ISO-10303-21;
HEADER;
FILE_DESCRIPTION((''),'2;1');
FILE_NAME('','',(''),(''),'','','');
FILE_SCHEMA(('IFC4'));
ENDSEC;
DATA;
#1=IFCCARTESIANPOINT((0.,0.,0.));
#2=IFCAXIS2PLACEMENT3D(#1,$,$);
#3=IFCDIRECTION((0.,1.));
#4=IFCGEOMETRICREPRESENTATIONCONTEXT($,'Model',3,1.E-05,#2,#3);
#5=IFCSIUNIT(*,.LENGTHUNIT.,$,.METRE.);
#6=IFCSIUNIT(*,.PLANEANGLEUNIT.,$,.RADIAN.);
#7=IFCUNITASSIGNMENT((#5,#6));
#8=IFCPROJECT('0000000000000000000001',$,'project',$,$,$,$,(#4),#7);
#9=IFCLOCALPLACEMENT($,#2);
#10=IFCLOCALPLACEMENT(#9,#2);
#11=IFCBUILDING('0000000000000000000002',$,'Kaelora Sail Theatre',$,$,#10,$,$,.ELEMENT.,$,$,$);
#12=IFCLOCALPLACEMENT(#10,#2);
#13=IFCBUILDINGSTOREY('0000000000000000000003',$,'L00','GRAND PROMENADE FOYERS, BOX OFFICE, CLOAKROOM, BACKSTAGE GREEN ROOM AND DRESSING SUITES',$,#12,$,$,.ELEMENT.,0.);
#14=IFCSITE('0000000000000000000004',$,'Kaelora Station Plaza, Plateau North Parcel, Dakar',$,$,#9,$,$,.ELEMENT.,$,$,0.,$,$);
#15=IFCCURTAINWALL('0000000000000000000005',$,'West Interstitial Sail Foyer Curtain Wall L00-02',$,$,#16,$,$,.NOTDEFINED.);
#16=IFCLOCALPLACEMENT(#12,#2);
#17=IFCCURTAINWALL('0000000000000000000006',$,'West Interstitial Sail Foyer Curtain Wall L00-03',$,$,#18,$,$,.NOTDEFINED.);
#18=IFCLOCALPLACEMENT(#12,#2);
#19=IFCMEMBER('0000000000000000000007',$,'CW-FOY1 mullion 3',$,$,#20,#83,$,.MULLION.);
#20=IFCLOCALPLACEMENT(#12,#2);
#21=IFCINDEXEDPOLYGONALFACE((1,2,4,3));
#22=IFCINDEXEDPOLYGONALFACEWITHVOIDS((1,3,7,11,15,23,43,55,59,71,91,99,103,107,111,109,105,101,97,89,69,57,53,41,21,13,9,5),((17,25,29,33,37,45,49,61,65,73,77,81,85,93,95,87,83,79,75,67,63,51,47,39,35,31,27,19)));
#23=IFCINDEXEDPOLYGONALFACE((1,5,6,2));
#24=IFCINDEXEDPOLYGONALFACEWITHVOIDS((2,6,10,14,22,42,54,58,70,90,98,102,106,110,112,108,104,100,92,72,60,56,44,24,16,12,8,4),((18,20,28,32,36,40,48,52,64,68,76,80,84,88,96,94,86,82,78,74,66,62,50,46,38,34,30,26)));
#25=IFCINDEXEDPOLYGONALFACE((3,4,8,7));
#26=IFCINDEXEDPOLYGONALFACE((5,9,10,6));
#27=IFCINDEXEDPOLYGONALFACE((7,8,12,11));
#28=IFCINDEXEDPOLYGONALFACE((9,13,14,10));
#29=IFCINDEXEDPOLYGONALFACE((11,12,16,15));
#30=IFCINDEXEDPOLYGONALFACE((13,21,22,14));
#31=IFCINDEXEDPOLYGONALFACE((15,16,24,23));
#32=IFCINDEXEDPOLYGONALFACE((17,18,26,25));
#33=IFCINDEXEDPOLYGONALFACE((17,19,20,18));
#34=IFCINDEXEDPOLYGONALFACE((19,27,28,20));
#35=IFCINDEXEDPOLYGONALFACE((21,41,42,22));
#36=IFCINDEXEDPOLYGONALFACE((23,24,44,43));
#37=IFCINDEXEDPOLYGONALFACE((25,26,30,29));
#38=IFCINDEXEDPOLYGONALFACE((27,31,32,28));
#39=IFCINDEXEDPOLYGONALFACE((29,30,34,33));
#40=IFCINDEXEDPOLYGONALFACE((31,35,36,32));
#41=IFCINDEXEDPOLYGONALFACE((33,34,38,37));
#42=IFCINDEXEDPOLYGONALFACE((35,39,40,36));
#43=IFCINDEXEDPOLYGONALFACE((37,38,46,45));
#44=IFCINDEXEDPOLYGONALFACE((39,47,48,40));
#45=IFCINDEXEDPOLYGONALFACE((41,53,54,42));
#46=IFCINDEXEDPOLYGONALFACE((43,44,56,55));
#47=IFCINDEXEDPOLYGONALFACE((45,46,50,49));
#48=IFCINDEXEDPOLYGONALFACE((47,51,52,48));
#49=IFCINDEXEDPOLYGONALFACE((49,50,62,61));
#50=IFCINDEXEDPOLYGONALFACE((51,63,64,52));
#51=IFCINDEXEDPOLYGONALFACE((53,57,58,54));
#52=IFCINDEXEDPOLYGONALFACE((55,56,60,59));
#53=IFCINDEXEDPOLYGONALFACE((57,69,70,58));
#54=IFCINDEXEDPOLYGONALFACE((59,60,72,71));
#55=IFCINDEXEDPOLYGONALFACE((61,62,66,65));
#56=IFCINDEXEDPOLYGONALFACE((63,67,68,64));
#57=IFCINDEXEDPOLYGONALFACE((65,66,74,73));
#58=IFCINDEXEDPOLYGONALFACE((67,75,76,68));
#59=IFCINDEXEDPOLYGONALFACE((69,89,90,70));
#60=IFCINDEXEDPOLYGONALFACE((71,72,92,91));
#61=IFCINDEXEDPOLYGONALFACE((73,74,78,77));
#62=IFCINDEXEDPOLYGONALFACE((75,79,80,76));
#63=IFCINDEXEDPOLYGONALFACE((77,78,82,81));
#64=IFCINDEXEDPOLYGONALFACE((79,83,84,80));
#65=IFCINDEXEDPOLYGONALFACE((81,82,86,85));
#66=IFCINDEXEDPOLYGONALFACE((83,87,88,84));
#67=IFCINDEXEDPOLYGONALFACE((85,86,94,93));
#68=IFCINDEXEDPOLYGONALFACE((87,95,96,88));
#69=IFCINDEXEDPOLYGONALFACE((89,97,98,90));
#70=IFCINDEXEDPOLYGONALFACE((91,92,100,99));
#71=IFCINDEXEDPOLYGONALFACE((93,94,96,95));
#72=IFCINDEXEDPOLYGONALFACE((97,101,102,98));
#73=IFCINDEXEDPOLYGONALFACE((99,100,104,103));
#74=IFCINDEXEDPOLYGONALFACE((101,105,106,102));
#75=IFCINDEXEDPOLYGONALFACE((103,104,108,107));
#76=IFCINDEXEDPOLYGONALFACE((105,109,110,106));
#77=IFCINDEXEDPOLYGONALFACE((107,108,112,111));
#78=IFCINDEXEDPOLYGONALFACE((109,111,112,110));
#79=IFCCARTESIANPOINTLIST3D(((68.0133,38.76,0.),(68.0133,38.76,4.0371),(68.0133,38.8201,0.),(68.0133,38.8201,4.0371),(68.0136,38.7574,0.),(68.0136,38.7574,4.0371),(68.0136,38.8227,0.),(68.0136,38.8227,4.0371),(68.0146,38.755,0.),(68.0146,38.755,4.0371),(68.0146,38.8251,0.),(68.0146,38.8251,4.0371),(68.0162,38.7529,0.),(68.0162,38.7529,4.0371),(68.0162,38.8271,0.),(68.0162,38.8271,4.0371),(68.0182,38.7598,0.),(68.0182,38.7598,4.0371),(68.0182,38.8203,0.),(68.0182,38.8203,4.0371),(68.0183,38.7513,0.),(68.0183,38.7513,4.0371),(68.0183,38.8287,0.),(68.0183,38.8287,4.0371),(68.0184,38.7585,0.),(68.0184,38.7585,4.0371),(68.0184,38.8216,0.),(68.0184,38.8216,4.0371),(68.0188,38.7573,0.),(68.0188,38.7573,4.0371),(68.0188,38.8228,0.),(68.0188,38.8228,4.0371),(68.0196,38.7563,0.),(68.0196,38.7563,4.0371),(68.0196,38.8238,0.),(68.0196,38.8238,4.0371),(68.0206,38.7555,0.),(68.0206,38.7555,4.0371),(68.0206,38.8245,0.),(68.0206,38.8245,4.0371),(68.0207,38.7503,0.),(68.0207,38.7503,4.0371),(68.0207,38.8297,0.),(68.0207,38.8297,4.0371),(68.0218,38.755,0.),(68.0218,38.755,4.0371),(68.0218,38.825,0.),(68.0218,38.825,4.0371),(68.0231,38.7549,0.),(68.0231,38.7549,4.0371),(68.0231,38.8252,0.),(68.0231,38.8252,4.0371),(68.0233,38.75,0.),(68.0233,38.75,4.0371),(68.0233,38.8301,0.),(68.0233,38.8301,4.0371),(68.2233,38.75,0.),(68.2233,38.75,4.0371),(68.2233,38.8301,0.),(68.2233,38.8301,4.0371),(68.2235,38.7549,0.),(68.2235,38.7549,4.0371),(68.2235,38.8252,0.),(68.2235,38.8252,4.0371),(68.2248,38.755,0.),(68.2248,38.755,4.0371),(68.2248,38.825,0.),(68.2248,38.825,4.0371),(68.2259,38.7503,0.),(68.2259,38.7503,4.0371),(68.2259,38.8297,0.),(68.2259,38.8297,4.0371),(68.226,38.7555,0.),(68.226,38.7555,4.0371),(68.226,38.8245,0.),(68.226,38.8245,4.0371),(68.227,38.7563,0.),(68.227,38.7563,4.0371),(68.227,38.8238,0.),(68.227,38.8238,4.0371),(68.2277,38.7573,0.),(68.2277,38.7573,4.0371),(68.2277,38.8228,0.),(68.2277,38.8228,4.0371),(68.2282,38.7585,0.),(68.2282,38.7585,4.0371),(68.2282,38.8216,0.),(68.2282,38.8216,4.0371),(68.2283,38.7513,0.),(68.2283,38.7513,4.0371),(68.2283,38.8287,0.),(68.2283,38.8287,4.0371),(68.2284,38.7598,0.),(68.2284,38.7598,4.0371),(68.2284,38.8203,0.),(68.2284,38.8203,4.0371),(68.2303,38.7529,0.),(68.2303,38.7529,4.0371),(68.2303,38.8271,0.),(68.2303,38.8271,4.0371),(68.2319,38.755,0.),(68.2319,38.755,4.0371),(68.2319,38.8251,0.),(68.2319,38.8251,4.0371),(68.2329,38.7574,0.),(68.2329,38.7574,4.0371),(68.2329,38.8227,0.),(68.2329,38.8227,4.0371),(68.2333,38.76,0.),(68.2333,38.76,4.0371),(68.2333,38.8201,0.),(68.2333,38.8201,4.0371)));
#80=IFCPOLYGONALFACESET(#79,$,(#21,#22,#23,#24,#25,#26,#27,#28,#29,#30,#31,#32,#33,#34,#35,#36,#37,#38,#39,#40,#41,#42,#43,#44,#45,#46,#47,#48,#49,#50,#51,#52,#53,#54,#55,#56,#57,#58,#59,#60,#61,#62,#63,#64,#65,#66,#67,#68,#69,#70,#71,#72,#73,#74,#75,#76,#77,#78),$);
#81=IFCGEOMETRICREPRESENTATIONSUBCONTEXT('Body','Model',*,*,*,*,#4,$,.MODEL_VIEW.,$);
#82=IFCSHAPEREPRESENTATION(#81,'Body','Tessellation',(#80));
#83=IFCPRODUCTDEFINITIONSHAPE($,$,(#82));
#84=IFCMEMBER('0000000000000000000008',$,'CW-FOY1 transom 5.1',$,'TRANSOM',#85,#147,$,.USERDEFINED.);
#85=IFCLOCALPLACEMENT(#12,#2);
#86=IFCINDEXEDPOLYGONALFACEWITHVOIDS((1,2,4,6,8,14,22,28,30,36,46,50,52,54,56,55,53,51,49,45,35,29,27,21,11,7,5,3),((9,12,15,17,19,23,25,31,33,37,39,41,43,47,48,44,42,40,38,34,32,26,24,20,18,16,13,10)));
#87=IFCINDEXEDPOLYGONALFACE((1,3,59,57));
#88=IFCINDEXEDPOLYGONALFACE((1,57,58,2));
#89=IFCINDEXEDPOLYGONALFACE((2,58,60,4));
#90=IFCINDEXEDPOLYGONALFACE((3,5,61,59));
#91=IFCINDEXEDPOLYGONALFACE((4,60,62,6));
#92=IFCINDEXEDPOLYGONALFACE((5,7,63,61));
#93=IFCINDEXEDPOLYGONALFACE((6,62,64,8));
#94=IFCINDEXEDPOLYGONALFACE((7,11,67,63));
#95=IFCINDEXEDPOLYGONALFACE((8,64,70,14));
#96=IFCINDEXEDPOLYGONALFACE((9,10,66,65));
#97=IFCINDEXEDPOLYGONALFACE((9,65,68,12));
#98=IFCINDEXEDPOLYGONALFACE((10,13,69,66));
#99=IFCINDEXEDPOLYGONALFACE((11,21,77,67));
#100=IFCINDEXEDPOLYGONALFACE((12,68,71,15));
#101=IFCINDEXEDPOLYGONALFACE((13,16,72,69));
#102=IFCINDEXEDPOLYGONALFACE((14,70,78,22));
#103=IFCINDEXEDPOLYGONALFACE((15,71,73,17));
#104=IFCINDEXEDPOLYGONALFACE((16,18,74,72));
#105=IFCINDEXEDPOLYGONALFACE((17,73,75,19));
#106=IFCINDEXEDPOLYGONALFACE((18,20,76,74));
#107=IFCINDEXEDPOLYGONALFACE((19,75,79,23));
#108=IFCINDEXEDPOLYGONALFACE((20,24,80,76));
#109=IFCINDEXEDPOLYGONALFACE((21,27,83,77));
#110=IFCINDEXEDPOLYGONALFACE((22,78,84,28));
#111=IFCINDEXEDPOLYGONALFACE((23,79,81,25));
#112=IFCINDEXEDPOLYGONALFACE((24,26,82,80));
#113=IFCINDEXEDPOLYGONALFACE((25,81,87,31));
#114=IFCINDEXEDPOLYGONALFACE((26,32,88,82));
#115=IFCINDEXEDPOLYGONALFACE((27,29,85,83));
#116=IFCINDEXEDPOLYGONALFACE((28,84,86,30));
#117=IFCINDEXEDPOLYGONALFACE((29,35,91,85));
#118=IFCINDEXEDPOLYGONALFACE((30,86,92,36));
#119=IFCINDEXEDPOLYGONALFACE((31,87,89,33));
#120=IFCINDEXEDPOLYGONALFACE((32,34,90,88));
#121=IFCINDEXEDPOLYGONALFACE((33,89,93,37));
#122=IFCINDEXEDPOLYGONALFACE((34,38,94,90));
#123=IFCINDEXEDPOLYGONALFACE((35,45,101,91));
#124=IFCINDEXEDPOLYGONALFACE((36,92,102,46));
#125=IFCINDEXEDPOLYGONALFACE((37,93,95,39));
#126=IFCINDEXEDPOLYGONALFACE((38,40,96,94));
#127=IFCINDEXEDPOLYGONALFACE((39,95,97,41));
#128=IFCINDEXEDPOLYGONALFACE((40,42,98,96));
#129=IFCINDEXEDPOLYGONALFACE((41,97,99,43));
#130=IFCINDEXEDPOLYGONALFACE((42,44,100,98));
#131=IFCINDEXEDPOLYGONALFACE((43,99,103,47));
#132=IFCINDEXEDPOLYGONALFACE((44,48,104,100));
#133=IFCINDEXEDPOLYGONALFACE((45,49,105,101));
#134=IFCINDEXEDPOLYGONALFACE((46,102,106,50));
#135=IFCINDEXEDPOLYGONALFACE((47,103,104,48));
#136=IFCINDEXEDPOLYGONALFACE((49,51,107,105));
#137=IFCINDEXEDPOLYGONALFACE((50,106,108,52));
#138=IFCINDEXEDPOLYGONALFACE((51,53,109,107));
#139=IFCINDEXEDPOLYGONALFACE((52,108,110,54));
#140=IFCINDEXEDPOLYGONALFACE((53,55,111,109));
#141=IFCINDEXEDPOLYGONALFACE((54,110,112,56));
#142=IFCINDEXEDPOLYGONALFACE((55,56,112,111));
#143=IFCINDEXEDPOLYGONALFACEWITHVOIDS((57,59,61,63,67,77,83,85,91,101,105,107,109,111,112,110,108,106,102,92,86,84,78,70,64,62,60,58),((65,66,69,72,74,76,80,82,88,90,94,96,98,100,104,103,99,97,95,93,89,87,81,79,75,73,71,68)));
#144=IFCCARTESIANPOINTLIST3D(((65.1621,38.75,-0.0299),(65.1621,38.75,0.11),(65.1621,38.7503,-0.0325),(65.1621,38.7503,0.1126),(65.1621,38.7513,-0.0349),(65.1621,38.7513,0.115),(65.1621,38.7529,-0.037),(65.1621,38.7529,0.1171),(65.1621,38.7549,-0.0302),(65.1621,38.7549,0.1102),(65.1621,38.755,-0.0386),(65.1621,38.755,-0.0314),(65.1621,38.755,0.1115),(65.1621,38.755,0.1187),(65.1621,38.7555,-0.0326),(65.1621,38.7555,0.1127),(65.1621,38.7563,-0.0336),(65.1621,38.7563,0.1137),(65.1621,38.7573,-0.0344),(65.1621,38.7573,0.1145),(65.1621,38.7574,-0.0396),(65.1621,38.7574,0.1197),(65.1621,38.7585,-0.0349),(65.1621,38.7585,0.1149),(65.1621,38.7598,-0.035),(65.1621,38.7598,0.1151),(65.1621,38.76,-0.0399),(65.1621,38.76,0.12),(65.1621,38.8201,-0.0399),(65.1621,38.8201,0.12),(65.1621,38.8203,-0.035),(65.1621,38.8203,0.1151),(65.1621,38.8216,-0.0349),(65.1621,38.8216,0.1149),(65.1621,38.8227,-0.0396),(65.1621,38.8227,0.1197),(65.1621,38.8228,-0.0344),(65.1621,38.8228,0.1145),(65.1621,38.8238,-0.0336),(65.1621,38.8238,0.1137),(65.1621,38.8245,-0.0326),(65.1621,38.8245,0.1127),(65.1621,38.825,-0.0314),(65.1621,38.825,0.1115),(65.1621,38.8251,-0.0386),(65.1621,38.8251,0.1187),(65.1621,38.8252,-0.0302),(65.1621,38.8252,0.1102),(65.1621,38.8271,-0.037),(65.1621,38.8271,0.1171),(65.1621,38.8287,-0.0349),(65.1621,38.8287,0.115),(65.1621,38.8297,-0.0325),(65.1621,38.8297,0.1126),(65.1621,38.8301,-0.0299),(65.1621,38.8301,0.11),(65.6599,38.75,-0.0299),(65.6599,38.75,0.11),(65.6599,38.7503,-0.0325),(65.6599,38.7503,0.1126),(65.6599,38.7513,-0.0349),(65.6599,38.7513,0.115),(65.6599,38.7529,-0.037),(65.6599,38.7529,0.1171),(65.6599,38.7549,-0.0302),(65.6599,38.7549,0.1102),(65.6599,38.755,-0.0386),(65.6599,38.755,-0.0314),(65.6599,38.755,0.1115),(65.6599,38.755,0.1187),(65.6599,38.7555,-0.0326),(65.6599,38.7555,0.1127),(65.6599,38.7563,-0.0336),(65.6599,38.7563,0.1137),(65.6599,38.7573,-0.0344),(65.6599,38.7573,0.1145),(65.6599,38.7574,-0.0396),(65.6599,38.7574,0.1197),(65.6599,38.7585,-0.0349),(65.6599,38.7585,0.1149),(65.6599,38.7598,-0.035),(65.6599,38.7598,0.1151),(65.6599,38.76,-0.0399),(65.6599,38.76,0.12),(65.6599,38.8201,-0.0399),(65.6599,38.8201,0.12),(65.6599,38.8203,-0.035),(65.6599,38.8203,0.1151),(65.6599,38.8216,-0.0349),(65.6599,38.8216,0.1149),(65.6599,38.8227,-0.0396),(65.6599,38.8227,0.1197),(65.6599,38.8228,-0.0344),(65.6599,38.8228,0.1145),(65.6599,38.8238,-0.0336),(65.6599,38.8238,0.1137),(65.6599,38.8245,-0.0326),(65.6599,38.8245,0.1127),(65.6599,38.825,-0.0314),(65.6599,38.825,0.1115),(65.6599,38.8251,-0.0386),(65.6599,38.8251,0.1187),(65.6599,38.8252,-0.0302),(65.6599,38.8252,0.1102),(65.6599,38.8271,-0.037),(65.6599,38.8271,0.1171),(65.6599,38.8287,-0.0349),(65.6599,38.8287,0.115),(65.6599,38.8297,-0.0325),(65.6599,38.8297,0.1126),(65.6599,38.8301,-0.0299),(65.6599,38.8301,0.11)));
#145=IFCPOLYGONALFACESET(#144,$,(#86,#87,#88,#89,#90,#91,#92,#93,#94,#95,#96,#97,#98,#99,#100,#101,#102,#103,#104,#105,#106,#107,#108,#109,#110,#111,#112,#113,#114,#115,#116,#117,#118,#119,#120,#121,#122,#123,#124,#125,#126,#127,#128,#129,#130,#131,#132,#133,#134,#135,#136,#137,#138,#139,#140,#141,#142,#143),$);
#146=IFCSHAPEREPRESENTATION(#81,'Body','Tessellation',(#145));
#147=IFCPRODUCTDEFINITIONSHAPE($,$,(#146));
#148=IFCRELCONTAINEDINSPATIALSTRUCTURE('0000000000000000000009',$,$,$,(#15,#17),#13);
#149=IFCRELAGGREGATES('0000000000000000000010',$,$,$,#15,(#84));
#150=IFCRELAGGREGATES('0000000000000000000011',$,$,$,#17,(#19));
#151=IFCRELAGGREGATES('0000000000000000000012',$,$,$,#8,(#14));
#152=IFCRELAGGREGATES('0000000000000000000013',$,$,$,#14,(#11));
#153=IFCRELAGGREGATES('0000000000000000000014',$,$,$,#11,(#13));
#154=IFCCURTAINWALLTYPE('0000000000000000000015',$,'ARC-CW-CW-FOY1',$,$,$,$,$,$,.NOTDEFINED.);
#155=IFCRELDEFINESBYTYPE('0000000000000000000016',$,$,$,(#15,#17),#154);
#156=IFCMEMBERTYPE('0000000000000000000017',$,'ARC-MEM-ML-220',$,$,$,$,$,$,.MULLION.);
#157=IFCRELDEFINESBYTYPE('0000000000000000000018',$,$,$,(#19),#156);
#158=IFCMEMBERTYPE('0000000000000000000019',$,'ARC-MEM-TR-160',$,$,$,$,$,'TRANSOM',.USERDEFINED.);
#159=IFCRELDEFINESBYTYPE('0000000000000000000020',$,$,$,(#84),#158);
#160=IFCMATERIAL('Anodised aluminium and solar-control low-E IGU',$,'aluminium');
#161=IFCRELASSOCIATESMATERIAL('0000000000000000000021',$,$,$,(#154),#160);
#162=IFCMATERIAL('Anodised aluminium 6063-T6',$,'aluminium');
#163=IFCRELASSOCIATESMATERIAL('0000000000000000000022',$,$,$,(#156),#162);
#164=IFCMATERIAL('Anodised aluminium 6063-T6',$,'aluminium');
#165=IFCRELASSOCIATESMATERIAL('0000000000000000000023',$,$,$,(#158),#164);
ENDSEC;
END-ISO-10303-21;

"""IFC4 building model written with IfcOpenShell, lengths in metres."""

from ifc_helpers import new_model, si_unit, direction, frame, origin, origin_2d, place, context, subcontext, project, spatial, hollow_rectangle, extrude, material, material_profile, profile_set, type_object, element, aggregate, save


model = new_model("IFC4")

# Units and contexts
model_context = context("Model", 3, precision=1e-05, world=origin(), true_north=direction((0.0, 1.0)))
body_context = subcontext(model_context, "Body", "Model", "MODEL_VIEW")
ifc_project = project(units=[si_unit("LENGTHUNIT", "METRE"), si_unit("PLANEANGLEUNIT", "RADIAN")], contexts=[model_context])

# Site, building, storey
site_placement = place(None, origin())
site = spatial("IfcSite", under=ifc_project, at=site_placement, Name="Kaelora Station Plaza, Plateau North Parcel, Dakar", CompositionType="ELEMENT", RefElevation=0.0)
building_placement = place(site_placement, origin())
building = spatial("IfcBuilding", under=site, at=building_placement, Name="Kaelora Sail Theatre", CompositionType="ELEMENT")
storey_placement = place(building_placement, origin())
storey = spatial("IfcBuildingStorey", under=building, at=storey_placement, Name="L00", Description="GRAND PROMENADE FOYERS, BOX OFFICE, CLOAKROOM, BACKSTAGE GREEN ROOM AND DRESSING SUITES", CompositionType="ELEMENT", Elevation=0.0)

# Curtain walls, member
ifc_material_1 = material(Name="Anodised aluminium and solar-control low-E IGU", Category="aluminium")
curtain_wall_type = type_object("IfcCurtainWallType", Name="ARC-CW-CW-FOY1", PredefinedType="NOTDEFINED", material=ifc_material_1)
curtain_wall_1_placement = place(storey_placement, origin())
curtain_wall_1 = element("IfcCurtainWall", 1, at=curtain_wall_1_placement, inside=storey, type_object=curtain_wall_type, Name="West Interstitial Sail Foyer Curtain Wall L00-02", PredefinedType="NOTDEFINED")
ifc_material_2 = material(Name="Anodised aluminium 6063-T6", Category="aluminium")
ifc_material_profile_1 = material_profile(ifc_material_2, hollow_rectangle(XDim=0.0801, YDim=0.22, WallThickness=0.0049, InnerFilletRadius=0.0049, OuterFilletRadius=0.01, at=origin_2d()), Name="ALU-MULL 80x220x5")
ifc_profile_set_1 = profile_set([ifc_material_profile_1], Name="Anodised aluminium 6063-T6")
member_type_1 = type_object("IfcMemberType", Name="ARC-MEM-ML-220", PredefinedType="MULLION", material=ifc_profile_set_1)
curtain_wall_2_placement = place(storey_placement, origin())
curtain_wall_2 = element("IfcCurtainWall", 2, at=curtain_wall_2_placement, inside=storey, type_object=curtain_wall_type, Name="West Interstitial Sail Foyer Curtain Wall L00-03", PredefinedType="NOTDEFINED")
member_1_placement = place(storey_placement, frame((68.1233, 38.79, 0.0), z_axis=(0.0, 0.0, 1.0), x_axis=(0.0, 1.0, 0.0)))
member_1 = element("IfcMember", 3, at=member_1_placement, type_object=member_type_1, Name="CW-FOY1 mullion 3", PredefinedType="MULLION", context=body_context, shape_type="SweptSolid", body=[
    extrude(hollow_rectangle(XDim=0.0801, YDim=0.22, WallThickness=0.0049, InnerFilletRadius=0.0049, OuterFilletRadius=0.01, at=origin_2d()), origin(), (0.0, 0.0, 1.0), 4.0371),
])

# Member
ifc_material_3 = material(Name="Anodised aluminium 6063-T6", Category="aluminium")
ifc_material_profile_2 = material_profile(ifc_material_3, hollow_rectangle(XDim=0.0801, YDim=0.1599, WallThickness=0.0049, InnerFilletRadius=0.0049, OuterFilletRadius=0.01, at=origin_2d()), Name="ALU-TRAN 80x160x5")
ifc_profile_set_2 = profile_set([ifc_material_profile_2], Name="Anodised aluminium 6063-T6")
member_type_2 = type_object("IfcMemberType", Name="ARC-MEM-TR-160", ElementType="TRANSOM", PredefinedType="USERDEFINED", material=ifc_profile_set_2)
member_2_placement = place(storey_placement, frame((65.1621, 38.79, 0.04), z_axis=(1.0, 0.0, 0.0), x_axis=(0.0, 1.0, 0.0)))
member_2 = element("IfcMember", 4, at=member_2_placement, type_object=member_type_2, Name="CW-FOY1 transom 5.1", ObjectType="TRANSOM", PredefinedType="USERDEFINED", context=body_context, shape_type="SweptSolid", body=[
    extrude(hollow_rectangle(XDim=0.0801, YDim=0.1599, WallThickness=0.0049, InnerFilletRadius=0.0049, OuterFilletRadius=0.01, at=origin_2d()), origin(), (0.0, 0.0, 1.0), 0.4978),
])

aggregate(curtain_wall_1, [member_2])
aggregate(curtain_wall_2, [member_1])

save(model, "model.ifc")
